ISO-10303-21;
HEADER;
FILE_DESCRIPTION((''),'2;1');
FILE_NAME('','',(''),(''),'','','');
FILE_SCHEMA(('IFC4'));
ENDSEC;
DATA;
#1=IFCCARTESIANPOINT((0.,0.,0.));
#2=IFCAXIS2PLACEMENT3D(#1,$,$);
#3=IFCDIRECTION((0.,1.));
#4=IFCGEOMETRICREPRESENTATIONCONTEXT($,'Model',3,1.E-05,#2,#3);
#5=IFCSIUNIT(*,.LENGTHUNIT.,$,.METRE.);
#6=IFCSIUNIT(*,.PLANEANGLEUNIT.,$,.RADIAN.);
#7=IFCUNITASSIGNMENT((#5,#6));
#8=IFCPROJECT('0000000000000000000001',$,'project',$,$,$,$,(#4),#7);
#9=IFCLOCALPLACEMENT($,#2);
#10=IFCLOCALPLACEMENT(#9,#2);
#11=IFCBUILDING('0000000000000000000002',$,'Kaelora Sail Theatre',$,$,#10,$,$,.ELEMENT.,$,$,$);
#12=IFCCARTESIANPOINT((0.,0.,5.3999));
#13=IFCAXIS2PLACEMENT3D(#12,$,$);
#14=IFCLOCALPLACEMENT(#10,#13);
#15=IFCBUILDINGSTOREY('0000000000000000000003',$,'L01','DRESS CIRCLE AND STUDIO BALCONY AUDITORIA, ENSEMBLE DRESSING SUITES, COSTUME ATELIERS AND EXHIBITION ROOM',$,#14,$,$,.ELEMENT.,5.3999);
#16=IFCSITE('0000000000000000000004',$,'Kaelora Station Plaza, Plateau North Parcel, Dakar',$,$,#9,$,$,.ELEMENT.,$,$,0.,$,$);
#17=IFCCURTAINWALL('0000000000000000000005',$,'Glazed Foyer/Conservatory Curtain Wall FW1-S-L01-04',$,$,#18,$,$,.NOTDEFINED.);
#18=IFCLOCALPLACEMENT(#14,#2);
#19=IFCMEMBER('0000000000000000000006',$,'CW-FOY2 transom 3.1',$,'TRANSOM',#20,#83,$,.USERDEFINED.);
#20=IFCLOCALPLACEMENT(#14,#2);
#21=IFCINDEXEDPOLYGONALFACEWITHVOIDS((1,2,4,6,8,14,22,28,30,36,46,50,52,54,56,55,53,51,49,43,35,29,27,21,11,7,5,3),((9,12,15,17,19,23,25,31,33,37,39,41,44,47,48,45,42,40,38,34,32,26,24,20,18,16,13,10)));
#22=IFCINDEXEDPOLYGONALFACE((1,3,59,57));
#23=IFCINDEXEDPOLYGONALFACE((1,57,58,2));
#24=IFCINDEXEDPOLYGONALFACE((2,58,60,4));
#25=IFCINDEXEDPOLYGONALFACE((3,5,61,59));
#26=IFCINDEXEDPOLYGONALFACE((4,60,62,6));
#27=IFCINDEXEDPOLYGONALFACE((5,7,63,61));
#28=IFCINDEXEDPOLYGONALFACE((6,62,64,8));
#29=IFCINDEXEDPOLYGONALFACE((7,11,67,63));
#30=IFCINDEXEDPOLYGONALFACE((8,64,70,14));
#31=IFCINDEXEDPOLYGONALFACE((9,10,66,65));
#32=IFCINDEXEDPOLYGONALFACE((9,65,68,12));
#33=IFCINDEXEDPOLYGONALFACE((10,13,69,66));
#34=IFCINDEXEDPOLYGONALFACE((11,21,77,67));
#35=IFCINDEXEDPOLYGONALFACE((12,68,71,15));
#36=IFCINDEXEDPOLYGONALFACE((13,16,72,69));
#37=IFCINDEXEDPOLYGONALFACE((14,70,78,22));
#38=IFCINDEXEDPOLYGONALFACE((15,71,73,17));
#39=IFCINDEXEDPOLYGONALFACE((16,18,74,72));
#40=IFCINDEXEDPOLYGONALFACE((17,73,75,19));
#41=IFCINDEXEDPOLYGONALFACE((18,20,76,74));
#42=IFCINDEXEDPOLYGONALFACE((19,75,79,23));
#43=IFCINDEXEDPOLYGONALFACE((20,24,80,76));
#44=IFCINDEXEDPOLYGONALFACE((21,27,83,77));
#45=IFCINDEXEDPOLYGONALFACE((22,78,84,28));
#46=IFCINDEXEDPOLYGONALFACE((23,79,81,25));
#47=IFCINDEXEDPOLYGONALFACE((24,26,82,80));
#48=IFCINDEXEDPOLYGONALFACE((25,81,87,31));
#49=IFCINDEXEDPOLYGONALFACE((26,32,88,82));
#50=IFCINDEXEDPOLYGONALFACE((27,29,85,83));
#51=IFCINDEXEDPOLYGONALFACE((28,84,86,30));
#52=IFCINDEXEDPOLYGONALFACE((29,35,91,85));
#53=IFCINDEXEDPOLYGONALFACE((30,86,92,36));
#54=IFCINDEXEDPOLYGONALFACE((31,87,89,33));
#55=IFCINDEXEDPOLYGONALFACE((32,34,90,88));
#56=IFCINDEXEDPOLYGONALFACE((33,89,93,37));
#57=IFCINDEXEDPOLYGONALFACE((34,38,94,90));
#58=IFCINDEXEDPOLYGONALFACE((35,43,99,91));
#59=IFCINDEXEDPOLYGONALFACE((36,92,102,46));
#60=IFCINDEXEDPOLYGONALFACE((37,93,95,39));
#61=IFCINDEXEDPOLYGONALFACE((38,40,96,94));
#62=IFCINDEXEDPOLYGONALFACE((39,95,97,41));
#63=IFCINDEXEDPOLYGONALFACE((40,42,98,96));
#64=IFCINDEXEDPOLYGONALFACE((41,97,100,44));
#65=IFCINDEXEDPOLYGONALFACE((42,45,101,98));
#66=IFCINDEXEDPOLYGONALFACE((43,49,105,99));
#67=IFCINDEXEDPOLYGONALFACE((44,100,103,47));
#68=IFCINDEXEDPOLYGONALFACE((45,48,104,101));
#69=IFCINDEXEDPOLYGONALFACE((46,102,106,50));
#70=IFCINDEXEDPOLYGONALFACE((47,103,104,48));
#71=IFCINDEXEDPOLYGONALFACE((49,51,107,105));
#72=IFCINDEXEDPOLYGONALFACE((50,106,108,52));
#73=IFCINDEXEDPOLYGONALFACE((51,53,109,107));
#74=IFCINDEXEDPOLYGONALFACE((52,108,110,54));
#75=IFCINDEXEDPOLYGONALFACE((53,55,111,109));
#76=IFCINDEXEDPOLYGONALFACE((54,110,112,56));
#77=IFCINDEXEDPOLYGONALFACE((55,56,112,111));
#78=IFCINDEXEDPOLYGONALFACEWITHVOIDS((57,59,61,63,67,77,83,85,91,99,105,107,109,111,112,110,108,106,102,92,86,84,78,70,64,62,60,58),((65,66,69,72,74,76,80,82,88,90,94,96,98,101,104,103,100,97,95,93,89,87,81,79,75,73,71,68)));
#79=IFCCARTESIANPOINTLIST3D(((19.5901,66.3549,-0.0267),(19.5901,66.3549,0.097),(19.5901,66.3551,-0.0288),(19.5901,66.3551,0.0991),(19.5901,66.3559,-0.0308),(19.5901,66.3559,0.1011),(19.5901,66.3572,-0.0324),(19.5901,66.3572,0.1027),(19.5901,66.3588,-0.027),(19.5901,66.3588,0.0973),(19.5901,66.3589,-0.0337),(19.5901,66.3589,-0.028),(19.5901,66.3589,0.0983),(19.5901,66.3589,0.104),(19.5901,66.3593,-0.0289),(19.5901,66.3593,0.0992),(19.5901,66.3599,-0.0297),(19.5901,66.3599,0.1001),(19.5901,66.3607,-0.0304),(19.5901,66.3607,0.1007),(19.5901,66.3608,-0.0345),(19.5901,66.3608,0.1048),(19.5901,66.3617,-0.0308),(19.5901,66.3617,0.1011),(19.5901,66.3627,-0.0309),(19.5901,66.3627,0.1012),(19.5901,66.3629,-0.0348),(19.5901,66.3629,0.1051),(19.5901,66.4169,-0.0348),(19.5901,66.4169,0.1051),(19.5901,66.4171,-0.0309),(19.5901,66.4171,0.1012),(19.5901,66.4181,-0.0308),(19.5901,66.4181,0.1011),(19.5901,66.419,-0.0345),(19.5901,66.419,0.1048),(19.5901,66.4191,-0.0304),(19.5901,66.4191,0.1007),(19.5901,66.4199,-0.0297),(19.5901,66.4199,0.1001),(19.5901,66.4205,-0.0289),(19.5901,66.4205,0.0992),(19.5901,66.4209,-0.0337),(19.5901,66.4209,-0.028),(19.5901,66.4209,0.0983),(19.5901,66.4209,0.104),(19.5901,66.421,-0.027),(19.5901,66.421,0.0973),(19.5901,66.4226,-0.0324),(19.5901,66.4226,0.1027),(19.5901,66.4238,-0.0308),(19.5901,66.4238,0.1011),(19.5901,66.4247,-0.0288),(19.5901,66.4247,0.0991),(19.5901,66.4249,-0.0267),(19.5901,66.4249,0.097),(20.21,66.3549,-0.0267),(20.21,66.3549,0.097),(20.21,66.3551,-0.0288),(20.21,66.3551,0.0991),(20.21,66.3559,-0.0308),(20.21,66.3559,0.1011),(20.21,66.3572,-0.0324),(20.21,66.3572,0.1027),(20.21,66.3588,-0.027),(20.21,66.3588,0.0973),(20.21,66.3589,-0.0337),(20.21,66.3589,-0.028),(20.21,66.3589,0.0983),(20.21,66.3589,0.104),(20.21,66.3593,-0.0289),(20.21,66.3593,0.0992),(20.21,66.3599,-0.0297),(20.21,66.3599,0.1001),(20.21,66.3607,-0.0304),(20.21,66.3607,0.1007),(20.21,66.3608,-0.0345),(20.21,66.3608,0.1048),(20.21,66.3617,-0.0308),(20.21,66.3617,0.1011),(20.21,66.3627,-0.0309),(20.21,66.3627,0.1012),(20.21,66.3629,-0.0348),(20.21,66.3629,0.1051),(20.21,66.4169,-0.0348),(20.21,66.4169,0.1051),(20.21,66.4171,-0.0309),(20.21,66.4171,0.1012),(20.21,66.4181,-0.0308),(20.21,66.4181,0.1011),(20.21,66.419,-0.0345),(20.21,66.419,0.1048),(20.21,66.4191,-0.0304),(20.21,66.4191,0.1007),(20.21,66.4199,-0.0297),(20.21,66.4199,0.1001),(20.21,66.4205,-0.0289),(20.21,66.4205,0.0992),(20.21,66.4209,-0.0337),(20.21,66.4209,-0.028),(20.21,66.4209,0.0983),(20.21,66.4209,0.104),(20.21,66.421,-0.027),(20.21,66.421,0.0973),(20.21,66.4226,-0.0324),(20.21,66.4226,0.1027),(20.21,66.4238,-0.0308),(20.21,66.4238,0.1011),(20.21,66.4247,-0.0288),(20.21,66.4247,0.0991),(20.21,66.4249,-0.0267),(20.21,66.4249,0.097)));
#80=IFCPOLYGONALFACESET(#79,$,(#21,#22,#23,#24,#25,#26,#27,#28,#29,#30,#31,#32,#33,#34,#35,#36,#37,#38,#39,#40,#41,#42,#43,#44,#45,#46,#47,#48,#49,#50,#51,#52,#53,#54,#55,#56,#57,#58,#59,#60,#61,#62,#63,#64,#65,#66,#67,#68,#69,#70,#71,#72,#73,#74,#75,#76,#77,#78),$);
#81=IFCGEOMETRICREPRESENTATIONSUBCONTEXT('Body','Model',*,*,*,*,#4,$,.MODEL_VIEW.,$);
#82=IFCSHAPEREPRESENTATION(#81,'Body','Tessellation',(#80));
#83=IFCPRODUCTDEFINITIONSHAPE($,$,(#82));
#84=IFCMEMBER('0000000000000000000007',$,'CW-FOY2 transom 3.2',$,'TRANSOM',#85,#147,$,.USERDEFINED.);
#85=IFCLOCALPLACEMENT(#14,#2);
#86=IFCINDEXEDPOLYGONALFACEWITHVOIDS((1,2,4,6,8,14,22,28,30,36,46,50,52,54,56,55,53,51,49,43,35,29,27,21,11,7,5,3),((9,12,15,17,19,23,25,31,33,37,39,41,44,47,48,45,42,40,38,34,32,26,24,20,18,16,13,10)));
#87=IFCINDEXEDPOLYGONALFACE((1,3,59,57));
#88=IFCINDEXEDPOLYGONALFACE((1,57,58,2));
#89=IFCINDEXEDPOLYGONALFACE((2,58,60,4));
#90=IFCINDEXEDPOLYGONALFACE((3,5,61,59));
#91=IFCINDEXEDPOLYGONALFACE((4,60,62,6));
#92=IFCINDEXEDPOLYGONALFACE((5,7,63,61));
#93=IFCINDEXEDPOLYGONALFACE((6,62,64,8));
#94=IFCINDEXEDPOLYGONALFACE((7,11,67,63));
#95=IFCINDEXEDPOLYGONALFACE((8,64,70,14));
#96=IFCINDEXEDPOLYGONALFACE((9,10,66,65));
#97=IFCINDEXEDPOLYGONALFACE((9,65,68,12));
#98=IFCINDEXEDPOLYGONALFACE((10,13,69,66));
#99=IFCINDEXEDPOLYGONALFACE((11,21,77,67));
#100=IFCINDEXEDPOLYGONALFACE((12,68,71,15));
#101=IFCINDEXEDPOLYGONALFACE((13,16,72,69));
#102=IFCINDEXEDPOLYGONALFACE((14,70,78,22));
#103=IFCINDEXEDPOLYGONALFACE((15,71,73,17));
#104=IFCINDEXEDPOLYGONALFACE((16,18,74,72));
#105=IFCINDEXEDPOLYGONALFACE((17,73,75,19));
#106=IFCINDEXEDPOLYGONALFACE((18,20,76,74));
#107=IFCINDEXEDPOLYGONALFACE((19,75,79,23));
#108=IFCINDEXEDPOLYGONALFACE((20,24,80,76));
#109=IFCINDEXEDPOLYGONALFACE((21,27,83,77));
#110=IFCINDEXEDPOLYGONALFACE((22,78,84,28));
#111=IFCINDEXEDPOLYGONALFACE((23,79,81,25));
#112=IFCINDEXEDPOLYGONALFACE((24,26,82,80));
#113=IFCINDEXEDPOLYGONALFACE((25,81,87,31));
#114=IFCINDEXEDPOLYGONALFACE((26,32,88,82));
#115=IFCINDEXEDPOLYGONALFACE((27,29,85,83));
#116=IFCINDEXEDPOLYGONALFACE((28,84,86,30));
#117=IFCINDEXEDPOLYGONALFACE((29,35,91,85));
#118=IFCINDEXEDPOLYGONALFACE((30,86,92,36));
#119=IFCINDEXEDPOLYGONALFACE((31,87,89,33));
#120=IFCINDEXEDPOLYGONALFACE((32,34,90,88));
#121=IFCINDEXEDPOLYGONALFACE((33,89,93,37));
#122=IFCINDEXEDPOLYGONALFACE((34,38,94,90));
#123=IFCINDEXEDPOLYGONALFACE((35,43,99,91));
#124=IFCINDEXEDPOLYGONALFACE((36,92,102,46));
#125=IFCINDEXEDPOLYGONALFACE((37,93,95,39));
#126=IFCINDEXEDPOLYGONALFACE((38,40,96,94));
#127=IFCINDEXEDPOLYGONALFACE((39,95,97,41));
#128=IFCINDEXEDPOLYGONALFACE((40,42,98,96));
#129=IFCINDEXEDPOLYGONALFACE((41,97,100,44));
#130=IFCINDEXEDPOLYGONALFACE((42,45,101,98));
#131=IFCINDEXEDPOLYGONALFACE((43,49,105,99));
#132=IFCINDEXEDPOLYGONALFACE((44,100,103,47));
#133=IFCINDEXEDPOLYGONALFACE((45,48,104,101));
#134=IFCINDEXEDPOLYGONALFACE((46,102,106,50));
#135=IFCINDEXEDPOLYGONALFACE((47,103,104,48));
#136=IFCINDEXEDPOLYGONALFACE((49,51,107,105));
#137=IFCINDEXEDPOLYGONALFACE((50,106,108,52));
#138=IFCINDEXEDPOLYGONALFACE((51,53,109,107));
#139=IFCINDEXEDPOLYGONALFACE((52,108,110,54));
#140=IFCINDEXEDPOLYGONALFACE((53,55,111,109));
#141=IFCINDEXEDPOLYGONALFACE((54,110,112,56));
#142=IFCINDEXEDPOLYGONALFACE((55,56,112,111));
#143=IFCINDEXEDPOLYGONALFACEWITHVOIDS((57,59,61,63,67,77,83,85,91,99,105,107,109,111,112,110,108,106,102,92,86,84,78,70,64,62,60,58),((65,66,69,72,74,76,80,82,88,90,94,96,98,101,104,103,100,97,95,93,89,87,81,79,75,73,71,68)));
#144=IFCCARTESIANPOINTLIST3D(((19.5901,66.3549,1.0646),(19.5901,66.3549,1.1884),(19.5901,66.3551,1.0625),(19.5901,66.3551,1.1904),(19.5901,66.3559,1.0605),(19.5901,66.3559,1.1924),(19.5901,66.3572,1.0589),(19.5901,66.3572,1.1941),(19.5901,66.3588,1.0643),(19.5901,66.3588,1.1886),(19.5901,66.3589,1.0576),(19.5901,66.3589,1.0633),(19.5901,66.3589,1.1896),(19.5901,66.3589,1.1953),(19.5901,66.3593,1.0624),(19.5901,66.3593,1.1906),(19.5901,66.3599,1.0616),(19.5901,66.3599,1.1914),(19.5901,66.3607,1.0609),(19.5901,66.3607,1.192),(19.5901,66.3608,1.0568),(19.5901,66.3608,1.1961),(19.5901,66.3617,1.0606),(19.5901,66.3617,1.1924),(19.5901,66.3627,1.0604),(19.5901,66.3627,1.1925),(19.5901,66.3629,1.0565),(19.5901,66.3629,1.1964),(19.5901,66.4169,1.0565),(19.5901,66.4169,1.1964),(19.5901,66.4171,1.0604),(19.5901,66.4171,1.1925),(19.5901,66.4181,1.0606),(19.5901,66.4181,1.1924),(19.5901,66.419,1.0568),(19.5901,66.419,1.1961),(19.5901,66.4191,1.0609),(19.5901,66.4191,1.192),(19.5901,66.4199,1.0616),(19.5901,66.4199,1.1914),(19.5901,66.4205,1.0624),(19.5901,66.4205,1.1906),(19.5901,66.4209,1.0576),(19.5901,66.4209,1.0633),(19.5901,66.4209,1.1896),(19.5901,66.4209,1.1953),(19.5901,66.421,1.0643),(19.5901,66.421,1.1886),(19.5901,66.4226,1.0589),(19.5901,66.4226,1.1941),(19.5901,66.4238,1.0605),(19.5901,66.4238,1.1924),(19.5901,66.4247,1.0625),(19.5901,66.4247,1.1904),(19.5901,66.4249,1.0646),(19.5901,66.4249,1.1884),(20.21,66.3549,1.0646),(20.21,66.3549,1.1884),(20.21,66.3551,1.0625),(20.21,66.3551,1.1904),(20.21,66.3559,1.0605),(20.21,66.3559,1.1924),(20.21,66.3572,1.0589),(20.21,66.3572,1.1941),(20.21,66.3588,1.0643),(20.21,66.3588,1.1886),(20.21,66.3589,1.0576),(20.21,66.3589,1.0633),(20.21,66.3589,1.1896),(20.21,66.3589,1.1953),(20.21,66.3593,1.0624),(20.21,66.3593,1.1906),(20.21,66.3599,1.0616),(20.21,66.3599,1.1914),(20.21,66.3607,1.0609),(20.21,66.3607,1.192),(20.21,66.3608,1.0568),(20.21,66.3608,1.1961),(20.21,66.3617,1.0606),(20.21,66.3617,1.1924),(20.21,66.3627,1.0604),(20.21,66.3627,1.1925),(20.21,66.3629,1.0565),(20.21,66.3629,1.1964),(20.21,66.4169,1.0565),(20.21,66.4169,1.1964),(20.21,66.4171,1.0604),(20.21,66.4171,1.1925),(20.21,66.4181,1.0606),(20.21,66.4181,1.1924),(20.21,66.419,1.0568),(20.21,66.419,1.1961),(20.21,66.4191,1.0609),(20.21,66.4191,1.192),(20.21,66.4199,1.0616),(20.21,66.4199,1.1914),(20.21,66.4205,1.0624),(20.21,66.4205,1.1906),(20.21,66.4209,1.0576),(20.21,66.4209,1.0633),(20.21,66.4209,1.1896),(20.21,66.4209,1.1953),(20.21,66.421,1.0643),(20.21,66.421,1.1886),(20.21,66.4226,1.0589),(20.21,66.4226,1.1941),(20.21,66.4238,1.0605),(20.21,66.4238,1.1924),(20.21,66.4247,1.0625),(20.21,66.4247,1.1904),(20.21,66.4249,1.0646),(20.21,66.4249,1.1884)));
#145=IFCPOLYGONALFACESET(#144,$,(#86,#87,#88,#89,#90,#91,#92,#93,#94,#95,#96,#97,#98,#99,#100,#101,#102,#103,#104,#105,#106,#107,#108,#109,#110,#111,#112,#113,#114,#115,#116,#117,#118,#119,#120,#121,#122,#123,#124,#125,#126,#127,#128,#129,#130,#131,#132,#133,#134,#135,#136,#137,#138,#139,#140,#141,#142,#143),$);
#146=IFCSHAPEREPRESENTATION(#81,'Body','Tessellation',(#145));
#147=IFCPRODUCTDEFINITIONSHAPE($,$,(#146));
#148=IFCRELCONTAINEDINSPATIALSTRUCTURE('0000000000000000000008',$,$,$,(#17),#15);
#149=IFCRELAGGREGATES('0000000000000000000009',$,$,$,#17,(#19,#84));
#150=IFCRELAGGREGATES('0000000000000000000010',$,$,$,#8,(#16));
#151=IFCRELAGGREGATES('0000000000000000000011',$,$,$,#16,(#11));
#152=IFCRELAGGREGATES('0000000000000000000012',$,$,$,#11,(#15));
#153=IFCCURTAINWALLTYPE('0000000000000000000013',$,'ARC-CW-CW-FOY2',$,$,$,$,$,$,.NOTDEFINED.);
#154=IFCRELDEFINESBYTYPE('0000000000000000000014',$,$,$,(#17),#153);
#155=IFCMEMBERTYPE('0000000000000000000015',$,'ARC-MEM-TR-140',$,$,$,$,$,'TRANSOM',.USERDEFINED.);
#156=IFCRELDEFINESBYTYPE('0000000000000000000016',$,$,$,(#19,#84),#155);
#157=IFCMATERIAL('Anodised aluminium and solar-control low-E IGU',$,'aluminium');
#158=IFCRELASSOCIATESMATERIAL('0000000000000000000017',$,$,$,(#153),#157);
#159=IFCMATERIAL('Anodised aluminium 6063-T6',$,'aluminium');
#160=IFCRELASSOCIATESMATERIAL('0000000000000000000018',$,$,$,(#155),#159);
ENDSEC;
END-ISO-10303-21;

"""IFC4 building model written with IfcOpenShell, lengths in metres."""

from ifc_helpers import new_model, si_unit, direction, frame, origin, origin_2d, place, context, subcontext, project, spatial, hollow_rectangle, extrude, material, material_profile, profile_set, type_object, element, aggregate, save


model = new_model("IFC4")

# Units and contexts
model_context = context("Model", 3, precision=1e-05, world=origin(), true_north=direction((0.0, 1.0)))
body_context = subcontext(model_context, "Body", "Model", "MODEL_VIEW")
ifc_project = project(units=[si_unit("LENGTHUNIT", "METRE"), si_unit("PLANEANGLEUNIT", "RADIAN")], contexts=[model_context])

# Site, building, storey
site_placement = place(None, origin())
site = spatial("IfcSite", under=ifc_project, at=site_placement, Name="Kaelora Station Plaza, Plateau North Parcel, Dakar", CompositionType="ELEMENT", RefElevation=0.0)
building_placement = place(site_placement, origin())
building = spatial("IfcBuilding", under=site, at=building_placement, Name="Kaelora Sail Theatre", CompositionType="ELEMENT")
storey_placement = place(building_placement, frame((0.0, 0.0, 5.3999)))
storey = spatial("IfcBuildingStorey", under=building, at=storey_placement, Name="L01", Description="DRESS CIRCLE AND STUDIO BALCONY AUDITORIA, ENSEMBLE DRESSING SUITES, COSTUME ATELIERS AND EXHIBITION ROOM", CompositionType="ELEMENT", Elevation=5.3999)

# Curtain wall, members
ifc_material_1 = material(Name="Anodised aluminium and solar-control low-E IGU", Category="aluminium")
curtain_wall_type = type_object("IfcCurtainWallType", Name="ARC-CW-CW-FOY2", PredefinedType="NOTDEFINED", material=ifc_material_1)
curtain_wall_placement = place(storey_placement, origin())
curtain_wall = element("IfcCurtainWall", 1, at=curtain_wall_placement, inside=storey, type_object=curtain_wall_type, Name="Glazed Foyer/Conservatory Curtain Wall FW1-S-L01-04", PredefinedType="NOTDEFINED")
ifc_material_2 = material(Name="Anodised aluminium 6063-T6", Category="aluminium")
ifc_material_profile_1 = material_profile(ifc_material_2, hollow_rectangle(XDim=0.0701, YDim=0.1399, WallThickness=0.0039, InnerFilletRadius=0.0039, OuterFilletRadius=0.0081, at=origin_2d()), Name="ALU-TRAN 70x140x4")
ifc_profile_set_1 = profile_set([ifc_material_profile_1], Name="Anodised aluminium 6063-T6")
member_type_1 = type_object("IfcMemberType", Name="ARC-MEM-TR-140", ElementType="TRANSOM", PredefinedType="USERDEFINED", material=ifc_profile_set_1)
member_1_placement = place(storey_placement, frame((19.5901, 66.3899, 0.0352), z_axis=(1.0, 0.0, 0.0), x_axis=(0.0, 1.0, 0.0)))
member_1 = element("IfcMember", 2, at=member_1_placement, type_object=member_type_1, Name="CW-FOY2 transom 3.1", ObjectType="TRANSOM", PredefinedType="USERDEFINED", context=body_context, shape_type="SweptSolid", body=[
    extrude(hollow_rectangle(XDim=0.0701, YDim=0.1399, WallThickness=0.0039, InnerFilletRadius=0.0039, OuterFilletRadius=0.0081, at=origin_2d()), origin(), (0.0, 0.0, 1.0), 0.6199),
])
member_2_placement = place(storey_placement, frame((19.5901, 66.3899, 1.1265), z_axis=(1.0, 0.0, 0.0), x_axis=(0.0, 1.0, 0.0)))
member_2 = element("IfcMember", 3, at=member_2_placement, type_object=member_type_1, Name="CW-FOY2 transom 3.2", ObjectType="TRANSOM", PredefinedType="USERDEFINED", context=body_context, shape_type="SweptSolid", body=[
    extrude(hollow_rectangle(XDim=0.0701, YDim=0.1399, WallThickness=0.0039, InnerFilletRadius=0.0039, OuterFilletRadius=0.0081, at=origin_2d()), origin(), (0.0, 0.0, 1.0), 0.6199),
])
aggregate(curtain_wall, [member_1, member_2])

save(model, "model.ifc")
